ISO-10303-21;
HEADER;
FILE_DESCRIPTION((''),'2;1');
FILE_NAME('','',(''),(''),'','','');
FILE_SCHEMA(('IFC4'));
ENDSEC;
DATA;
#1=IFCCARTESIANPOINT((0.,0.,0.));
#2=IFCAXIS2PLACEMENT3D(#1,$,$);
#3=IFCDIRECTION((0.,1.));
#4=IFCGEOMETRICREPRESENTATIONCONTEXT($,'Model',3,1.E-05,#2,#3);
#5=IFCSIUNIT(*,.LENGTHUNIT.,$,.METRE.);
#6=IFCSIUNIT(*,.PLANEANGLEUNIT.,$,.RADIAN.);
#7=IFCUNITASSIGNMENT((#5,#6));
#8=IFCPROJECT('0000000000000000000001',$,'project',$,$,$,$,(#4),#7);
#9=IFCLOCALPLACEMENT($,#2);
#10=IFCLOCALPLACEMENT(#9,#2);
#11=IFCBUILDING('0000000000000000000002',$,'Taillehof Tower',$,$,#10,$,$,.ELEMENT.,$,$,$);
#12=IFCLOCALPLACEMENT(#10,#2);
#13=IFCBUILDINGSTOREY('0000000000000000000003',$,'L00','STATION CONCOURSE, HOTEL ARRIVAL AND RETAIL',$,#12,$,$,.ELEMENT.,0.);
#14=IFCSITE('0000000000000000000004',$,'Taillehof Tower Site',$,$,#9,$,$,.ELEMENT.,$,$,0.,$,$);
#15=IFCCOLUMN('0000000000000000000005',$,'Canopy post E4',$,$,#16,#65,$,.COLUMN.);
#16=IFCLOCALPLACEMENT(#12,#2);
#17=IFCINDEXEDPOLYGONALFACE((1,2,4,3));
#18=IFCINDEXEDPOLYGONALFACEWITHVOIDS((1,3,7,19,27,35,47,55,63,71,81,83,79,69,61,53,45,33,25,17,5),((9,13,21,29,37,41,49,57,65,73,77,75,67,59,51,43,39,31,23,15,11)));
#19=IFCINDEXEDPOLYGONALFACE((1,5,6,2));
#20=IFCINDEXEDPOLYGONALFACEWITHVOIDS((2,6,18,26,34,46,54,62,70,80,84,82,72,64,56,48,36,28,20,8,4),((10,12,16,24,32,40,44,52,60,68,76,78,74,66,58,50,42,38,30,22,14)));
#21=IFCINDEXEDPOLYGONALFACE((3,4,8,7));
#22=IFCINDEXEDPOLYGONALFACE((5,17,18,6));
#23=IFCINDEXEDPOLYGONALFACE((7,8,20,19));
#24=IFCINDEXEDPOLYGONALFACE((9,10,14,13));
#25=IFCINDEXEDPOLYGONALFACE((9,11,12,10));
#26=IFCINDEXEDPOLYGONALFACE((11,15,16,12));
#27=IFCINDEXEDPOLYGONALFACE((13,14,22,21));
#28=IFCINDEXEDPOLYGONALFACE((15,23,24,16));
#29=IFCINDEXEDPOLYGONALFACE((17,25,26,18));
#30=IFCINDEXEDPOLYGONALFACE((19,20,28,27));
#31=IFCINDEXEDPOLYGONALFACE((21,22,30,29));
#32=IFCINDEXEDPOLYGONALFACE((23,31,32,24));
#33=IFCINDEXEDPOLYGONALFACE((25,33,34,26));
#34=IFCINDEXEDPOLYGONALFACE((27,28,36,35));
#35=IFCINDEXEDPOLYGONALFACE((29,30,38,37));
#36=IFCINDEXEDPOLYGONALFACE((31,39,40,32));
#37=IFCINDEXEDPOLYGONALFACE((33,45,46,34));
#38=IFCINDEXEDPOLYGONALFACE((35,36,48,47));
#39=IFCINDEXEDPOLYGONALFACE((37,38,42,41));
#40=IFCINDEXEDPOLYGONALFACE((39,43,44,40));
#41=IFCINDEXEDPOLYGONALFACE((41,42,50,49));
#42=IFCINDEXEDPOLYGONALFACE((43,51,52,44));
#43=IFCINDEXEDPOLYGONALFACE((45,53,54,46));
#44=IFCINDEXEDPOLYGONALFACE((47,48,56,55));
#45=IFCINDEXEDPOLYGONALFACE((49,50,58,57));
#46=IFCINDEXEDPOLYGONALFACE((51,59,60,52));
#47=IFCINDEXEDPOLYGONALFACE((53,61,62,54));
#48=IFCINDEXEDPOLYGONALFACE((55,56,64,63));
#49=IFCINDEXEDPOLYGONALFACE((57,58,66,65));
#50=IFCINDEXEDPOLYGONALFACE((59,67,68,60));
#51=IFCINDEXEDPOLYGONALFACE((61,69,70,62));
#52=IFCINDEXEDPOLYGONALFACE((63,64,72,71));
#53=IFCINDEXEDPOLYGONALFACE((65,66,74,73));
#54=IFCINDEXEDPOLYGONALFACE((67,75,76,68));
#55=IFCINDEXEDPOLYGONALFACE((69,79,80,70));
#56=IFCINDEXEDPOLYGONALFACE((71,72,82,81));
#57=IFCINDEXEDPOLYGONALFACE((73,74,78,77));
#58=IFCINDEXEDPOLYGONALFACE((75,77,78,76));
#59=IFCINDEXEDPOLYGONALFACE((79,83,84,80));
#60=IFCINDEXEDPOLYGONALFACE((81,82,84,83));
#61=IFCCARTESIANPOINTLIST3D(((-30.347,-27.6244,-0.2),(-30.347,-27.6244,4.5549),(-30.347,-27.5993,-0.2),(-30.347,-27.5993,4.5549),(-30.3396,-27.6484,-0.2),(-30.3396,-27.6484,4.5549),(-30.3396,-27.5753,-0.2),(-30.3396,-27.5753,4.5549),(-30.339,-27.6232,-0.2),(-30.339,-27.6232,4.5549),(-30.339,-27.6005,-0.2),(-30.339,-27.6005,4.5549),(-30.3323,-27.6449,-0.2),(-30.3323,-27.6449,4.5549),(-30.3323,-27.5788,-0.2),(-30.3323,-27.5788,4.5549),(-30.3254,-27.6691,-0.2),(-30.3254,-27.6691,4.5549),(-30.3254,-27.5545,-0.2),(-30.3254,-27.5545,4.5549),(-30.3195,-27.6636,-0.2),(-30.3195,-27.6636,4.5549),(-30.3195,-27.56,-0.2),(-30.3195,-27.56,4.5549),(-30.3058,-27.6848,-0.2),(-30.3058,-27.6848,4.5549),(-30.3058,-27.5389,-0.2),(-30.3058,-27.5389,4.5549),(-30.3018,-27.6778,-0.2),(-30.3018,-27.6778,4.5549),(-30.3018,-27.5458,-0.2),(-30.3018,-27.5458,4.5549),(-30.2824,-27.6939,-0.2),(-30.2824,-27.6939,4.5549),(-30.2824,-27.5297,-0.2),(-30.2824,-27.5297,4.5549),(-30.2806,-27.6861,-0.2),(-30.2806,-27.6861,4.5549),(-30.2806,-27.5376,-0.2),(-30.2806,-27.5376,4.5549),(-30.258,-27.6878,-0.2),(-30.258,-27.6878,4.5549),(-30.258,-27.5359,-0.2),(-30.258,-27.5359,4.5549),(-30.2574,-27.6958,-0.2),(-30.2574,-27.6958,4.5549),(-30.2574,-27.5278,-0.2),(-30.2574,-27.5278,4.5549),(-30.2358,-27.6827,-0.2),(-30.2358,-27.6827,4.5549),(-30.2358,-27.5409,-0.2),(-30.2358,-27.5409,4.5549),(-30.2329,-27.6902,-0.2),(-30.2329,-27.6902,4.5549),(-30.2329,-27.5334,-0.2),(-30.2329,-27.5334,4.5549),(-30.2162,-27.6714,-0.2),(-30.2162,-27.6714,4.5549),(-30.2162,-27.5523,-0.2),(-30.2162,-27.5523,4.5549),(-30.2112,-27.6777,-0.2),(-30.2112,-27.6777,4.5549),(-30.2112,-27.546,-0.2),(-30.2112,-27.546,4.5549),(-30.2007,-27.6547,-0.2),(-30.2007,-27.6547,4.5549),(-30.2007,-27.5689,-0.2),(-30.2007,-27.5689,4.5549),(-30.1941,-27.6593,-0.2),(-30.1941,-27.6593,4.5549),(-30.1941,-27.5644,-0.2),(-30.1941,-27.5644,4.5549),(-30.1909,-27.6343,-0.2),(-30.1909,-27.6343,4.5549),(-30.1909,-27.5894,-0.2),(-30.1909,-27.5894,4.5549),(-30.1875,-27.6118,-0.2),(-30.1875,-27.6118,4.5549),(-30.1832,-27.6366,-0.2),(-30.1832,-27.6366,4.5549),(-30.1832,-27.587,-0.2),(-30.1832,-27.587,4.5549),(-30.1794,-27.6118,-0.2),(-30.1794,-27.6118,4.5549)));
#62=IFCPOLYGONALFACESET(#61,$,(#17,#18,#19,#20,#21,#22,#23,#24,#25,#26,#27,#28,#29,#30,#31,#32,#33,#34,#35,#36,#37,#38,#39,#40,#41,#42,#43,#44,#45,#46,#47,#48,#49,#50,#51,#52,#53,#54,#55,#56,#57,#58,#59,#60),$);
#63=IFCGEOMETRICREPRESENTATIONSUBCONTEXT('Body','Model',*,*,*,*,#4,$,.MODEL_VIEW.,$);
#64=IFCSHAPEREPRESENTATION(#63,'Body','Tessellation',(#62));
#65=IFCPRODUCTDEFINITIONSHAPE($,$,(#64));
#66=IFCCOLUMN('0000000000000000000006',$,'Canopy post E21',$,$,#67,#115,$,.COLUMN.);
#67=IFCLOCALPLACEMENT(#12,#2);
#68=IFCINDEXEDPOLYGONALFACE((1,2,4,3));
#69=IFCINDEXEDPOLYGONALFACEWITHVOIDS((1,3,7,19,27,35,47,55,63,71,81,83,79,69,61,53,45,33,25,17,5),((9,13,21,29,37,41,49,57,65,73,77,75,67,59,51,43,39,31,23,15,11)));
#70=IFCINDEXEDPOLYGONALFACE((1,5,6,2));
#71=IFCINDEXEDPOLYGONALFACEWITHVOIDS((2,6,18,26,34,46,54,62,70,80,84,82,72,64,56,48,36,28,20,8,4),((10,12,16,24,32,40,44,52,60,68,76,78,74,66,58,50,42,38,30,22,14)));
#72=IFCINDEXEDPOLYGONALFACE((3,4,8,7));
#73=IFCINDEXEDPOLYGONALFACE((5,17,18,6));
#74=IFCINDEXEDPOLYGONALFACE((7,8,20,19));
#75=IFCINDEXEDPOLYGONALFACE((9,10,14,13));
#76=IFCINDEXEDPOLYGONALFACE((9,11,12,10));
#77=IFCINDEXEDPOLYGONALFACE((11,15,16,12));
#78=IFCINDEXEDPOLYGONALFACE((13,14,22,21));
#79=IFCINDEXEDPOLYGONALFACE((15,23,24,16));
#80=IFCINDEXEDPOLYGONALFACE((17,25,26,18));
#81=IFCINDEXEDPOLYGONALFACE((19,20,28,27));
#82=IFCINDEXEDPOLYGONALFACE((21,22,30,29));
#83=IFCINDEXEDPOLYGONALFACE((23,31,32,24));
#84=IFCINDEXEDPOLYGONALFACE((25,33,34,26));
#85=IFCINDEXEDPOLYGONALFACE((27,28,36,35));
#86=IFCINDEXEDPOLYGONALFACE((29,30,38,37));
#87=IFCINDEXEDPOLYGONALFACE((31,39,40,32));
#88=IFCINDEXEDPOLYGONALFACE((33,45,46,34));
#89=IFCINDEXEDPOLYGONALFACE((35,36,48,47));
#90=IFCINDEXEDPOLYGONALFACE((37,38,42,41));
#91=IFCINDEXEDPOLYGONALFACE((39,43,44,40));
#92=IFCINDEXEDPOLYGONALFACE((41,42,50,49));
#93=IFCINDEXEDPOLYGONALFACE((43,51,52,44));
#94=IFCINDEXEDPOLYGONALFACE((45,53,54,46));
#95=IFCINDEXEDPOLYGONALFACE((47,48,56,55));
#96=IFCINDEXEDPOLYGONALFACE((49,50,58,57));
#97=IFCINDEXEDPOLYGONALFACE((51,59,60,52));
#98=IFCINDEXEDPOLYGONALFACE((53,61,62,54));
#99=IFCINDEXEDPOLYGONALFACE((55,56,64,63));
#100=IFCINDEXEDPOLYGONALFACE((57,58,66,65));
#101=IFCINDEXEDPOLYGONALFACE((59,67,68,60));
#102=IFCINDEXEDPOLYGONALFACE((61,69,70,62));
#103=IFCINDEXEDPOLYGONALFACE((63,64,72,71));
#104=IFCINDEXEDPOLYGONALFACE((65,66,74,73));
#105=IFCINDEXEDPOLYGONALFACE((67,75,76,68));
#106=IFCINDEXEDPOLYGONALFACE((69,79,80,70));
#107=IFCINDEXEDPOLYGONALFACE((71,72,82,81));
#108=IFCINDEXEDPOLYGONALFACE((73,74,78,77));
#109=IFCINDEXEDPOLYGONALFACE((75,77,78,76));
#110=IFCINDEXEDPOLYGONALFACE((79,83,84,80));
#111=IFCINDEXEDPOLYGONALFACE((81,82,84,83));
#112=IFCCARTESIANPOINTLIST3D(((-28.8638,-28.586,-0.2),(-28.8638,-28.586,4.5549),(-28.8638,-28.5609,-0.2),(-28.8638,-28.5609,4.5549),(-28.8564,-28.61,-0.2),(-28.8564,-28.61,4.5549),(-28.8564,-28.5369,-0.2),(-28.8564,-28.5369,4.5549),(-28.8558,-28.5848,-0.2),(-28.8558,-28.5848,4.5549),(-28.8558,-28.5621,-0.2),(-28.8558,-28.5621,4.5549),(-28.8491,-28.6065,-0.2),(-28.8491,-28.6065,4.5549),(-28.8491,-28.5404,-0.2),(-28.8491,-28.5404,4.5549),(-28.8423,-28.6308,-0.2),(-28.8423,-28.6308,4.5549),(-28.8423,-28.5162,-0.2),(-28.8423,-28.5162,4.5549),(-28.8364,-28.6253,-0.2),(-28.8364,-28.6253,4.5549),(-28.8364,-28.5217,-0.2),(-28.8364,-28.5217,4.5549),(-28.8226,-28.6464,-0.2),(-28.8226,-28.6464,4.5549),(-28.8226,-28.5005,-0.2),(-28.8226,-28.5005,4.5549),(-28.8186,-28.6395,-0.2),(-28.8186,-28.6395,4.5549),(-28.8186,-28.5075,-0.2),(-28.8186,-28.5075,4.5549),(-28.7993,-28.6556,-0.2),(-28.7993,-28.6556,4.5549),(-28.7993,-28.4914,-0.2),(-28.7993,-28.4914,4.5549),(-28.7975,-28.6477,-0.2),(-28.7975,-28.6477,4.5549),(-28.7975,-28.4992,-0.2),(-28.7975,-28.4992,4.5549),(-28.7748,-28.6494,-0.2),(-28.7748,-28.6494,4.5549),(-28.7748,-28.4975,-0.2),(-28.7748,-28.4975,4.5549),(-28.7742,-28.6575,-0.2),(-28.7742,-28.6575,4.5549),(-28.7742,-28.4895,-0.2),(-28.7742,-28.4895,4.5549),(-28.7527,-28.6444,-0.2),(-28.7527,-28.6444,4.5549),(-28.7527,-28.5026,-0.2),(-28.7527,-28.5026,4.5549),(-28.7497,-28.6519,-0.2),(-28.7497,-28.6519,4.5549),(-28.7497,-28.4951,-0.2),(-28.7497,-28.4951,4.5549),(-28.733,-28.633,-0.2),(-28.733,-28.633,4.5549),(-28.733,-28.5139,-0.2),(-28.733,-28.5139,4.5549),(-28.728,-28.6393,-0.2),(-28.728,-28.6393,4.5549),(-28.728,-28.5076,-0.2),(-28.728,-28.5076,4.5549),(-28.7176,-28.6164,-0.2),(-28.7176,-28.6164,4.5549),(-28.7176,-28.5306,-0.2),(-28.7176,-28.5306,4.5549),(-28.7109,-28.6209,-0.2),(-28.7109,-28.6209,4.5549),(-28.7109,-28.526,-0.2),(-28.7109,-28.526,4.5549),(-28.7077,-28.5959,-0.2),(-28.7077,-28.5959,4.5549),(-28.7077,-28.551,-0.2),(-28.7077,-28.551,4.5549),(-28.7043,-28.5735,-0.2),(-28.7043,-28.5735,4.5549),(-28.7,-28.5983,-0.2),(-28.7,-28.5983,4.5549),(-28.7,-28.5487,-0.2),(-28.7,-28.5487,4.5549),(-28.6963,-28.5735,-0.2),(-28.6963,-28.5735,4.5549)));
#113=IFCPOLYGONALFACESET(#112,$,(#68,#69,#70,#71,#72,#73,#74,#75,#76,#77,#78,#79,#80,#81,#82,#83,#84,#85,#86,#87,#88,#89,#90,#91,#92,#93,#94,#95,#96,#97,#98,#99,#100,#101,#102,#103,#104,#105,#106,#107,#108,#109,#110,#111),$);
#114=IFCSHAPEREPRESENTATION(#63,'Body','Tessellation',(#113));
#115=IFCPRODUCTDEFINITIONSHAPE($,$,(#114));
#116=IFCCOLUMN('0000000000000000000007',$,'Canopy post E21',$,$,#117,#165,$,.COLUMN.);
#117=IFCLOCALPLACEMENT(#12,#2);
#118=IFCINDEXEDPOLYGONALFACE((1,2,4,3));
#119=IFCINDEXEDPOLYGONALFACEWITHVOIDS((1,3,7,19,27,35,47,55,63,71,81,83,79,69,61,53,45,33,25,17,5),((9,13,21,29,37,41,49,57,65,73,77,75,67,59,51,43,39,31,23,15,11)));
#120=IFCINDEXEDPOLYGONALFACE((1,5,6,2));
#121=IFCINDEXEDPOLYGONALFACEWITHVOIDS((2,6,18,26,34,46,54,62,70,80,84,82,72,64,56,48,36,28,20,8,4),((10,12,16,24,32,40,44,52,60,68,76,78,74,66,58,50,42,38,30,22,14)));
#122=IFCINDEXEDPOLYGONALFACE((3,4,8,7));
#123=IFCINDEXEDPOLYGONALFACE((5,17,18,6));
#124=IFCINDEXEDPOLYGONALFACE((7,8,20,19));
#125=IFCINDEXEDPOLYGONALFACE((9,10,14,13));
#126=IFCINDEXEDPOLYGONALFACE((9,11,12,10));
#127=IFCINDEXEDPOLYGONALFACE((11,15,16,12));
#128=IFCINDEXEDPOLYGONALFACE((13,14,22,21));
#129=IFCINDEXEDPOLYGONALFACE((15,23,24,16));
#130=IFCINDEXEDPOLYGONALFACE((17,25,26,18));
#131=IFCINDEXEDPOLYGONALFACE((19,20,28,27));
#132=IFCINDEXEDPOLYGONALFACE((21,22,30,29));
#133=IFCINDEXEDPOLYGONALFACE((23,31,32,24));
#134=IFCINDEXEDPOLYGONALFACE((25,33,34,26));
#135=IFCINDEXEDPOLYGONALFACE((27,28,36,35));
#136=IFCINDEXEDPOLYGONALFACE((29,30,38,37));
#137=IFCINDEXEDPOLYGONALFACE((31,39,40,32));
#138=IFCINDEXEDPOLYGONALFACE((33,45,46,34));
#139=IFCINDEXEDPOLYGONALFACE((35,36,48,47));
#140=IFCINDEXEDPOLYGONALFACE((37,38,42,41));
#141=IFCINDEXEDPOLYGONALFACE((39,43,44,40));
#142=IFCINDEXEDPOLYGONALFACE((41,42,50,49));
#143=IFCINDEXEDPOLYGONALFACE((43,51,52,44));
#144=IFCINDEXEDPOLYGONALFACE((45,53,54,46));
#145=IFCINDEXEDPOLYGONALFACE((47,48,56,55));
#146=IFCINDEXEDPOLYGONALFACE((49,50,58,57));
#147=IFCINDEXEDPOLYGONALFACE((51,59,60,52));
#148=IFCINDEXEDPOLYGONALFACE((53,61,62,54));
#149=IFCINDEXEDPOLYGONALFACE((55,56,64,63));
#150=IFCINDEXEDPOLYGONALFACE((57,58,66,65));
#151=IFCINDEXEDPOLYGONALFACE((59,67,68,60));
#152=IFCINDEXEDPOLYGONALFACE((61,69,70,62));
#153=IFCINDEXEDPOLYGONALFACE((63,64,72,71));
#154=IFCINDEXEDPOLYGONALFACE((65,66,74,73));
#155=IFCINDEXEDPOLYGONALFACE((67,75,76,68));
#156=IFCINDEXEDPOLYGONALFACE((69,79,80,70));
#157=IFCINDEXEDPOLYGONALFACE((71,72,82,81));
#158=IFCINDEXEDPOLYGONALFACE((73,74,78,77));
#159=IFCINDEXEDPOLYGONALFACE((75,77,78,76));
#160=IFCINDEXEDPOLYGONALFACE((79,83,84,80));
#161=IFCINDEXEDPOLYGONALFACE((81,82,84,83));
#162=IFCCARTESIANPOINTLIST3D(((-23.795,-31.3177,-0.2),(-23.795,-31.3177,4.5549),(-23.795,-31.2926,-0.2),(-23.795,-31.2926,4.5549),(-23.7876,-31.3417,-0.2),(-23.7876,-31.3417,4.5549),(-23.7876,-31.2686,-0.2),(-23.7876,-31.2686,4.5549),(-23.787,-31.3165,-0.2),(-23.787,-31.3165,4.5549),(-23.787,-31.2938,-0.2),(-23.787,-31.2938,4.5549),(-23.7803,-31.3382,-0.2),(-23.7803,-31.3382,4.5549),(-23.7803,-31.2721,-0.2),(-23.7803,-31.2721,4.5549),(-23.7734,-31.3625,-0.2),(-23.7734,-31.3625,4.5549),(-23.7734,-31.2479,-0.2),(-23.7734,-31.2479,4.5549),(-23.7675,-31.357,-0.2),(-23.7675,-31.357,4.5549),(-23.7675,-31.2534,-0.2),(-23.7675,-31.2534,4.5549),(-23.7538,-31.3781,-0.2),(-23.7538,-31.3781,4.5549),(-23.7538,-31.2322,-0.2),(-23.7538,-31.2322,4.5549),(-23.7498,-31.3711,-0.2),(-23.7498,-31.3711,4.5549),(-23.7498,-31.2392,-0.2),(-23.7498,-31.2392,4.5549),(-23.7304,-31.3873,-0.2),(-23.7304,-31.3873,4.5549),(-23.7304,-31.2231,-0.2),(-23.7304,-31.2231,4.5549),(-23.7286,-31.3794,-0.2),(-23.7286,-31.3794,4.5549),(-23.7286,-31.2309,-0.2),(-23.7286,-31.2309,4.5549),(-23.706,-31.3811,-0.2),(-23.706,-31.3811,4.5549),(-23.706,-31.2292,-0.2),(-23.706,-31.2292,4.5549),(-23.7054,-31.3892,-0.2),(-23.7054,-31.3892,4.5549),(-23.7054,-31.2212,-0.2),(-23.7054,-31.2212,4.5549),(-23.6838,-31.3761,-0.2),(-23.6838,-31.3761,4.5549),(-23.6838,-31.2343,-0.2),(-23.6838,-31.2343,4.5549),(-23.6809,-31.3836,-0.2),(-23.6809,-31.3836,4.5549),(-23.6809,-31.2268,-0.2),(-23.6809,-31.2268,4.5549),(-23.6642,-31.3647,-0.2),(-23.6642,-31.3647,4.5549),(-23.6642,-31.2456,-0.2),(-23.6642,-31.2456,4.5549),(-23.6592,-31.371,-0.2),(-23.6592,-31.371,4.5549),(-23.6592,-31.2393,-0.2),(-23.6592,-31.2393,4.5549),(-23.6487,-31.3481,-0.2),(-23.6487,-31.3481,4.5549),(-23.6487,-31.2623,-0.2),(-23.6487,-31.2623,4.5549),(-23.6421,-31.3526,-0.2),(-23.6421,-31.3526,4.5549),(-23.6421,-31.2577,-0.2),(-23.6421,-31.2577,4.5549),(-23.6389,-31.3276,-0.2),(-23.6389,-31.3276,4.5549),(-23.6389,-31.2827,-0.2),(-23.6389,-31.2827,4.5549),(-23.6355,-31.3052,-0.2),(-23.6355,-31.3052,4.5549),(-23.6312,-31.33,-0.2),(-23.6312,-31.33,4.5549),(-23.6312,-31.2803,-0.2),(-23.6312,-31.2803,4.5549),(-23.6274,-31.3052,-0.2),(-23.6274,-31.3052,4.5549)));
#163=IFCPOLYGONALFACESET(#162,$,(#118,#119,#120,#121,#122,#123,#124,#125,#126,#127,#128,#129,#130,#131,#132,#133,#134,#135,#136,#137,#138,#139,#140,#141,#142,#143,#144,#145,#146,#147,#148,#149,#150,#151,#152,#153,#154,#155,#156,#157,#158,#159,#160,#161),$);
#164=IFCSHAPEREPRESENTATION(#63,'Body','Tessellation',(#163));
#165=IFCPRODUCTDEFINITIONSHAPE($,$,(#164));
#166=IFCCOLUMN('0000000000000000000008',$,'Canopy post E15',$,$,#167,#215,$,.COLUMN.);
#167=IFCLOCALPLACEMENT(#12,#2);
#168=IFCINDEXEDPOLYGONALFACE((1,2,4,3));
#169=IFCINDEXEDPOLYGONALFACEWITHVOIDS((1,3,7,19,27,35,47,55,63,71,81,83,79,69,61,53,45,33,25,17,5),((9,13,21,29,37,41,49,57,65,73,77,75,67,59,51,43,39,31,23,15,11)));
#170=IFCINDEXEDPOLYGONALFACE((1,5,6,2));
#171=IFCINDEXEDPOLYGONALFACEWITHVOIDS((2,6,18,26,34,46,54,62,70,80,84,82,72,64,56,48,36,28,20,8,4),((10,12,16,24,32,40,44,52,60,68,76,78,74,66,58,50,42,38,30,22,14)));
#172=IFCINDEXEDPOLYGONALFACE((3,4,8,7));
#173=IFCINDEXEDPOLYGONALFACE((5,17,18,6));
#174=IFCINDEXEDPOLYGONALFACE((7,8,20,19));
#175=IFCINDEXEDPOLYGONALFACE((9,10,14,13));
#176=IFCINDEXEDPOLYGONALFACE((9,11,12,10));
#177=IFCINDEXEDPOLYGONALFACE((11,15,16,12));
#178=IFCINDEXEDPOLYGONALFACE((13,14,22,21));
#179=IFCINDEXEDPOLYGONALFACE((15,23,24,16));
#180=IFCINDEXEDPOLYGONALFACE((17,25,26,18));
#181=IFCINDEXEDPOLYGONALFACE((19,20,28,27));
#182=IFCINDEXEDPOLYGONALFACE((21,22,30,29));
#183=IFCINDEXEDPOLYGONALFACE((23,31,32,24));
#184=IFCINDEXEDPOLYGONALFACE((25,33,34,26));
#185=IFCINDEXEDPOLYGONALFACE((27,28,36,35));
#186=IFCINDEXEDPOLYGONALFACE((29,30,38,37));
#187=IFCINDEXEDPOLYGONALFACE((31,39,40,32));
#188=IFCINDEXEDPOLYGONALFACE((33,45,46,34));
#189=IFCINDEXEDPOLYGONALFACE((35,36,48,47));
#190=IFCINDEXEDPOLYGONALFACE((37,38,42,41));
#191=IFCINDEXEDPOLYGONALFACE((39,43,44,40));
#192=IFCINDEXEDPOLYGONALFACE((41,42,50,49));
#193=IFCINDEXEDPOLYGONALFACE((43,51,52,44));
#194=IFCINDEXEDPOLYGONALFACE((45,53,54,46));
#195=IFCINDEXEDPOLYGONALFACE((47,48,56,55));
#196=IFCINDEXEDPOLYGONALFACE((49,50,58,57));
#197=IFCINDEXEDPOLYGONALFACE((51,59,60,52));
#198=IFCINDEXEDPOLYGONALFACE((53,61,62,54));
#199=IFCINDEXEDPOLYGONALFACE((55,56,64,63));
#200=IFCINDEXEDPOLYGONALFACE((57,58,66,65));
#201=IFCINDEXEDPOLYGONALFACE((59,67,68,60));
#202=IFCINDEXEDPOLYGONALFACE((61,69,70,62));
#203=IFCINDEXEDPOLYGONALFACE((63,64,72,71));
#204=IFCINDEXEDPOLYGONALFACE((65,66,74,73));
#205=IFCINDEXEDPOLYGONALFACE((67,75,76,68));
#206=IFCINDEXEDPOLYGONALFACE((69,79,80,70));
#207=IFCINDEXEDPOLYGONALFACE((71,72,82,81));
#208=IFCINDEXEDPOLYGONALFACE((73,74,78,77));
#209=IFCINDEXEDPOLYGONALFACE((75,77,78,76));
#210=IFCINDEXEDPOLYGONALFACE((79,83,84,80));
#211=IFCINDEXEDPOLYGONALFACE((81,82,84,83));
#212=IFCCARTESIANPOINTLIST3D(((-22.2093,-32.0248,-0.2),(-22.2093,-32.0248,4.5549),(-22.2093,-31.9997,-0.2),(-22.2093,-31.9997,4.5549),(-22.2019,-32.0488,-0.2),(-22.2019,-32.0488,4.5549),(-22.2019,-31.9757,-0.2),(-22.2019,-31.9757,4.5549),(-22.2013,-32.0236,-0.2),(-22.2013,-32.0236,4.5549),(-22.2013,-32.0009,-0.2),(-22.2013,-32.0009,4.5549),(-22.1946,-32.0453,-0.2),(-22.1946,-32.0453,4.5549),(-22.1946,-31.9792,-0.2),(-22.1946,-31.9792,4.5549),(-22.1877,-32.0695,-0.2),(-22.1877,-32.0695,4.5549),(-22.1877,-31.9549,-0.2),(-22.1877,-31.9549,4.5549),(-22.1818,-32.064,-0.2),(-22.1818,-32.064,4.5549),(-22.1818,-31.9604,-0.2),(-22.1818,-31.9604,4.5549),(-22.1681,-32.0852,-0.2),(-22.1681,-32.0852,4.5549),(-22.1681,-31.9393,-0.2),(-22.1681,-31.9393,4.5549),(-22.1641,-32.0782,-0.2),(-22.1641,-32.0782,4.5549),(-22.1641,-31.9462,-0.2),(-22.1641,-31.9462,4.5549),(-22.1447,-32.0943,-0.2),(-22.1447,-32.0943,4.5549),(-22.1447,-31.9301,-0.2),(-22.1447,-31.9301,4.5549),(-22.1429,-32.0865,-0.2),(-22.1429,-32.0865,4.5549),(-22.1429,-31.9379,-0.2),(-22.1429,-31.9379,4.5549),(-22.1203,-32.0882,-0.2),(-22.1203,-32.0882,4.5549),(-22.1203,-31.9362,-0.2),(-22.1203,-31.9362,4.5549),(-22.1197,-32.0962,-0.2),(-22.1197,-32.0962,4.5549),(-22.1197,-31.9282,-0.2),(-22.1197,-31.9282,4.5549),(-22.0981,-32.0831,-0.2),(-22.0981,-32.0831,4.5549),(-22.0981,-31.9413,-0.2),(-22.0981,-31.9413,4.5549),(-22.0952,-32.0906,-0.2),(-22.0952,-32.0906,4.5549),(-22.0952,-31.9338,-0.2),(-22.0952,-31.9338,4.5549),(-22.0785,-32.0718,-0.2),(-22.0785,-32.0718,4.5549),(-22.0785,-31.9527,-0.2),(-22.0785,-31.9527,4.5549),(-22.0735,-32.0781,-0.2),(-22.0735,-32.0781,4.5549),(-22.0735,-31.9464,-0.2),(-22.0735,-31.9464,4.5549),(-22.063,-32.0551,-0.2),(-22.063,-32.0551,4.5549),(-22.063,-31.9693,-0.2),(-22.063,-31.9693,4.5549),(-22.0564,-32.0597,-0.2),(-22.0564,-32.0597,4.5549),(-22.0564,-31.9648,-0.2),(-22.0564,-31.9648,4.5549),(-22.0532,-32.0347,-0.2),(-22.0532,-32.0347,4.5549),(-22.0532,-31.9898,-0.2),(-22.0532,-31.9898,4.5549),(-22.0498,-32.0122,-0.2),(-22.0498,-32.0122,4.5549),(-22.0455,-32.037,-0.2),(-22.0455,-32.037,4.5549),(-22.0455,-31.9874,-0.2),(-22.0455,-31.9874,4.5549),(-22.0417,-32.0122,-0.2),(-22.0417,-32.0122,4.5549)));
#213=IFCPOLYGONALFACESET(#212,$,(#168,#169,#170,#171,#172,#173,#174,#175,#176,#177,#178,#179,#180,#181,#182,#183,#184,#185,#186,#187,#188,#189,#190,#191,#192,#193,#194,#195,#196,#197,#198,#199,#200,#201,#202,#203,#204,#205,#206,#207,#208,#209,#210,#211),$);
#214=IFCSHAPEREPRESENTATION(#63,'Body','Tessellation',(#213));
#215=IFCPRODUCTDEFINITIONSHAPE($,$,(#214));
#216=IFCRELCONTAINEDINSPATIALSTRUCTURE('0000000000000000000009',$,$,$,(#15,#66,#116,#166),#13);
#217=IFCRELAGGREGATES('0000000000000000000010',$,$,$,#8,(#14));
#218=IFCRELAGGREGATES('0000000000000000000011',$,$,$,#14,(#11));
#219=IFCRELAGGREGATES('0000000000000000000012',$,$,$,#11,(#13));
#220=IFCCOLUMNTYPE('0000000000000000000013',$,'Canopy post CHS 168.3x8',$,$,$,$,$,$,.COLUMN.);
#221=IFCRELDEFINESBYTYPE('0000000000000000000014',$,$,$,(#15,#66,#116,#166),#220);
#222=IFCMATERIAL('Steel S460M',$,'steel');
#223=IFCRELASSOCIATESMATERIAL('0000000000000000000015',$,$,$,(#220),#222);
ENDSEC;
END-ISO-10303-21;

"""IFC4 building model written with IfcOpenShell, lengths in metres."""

from ifc_helpers import new_model, si_unit, direction, frame, origin, origin_2d, place, context, subcontext, project, spatial, hollow_circle, extrude, material, material_profile, profile_set, type_object, element, save


model = new_model("IFC4")

# Units and contexts
model_context = context("Model", 3, precision=1e-05, world=origin(), true_north=direction((0.0, 1.0)))
body_context = subcontext(model_context, "Body", "Model", "MODEL_VIEW")
ifc_project = project(units=[si_unit("LENGTHUNIT", "METRE"), si_unit("PLANEANGLEUNIT", "RADIAN")], contexts=[model_context])

# Site, building, storey
site_placement = place(None, origin())
site = spatial("IfcSite", under=ifc_project, at=site_placement, Name="Taillehof Tower Site", CompositionType="ELEMENT", RefElevation=0.0)
building_placement = place(site_placement, origin())
building = spatial("IfcBuilding", under=site, at=building_placement, Name="Taillehof Tower", CompositionType="ELEMENT")
storey_placement = place(building_placement, origin())
storey = spatial("IfcBuildingStorey", under=building, at=storey_placement, Name="L00", Description="STATION CONCOURSE, HOTEL ARRIVAL AND RETAIL", CompositionType="ELEMENT", Elevation=0.0)

# Columns
ifc_material_1 = material(Name="Steel S460M", Category="steel")
ifc_material_profile_1 = material_profile(ifc_material_1, hollow_circle(Radius=0.0842, WallThickness=0.0081, at=origin_2d()), Name="CHS 168.3x8")
ifc_profile_set_1 = profile_set([ifc_material_profile_1], Name="Steel S460M")
column_type_1 = type_object("IfcColumnType", Name="Canopy post CHS 168.3x8", PredefinedType="COLUMN", material=ifc_profile_set_1)
for number, where, z_axis, x_axis, name in (
    (1, (-30.2637, -27.6118, -0.2), (0.0, 0.0, 1.0), (1.0, 0.0, 0.0), "Canopy post E4"),
    (2, (-28.7805, -28.5735, -0.2), (0.0, 0.0, 1.0), (1.0, 0.0, 0.0), "Canopy post E21"),
    (3, (-23.7117, -31.3052, -0.2), (0.0, 0.0, 1.0), (1.0, 0.0, 0.0), "Canopy post E21"),
    (4, (-22.126, -32.0122, -0.2), (0.0, 0.0, 1.0), (1.0, 0.0, 0.0), "Canopy post E15"),
):
    element("IfcColumn", number, at=place(storey_placement, frame(where, z_axis=z_axis, x_axis=x_axis)), inside=storey, type_object=column_type_1, Name=name, PredefinedType="COLUMN", context=body_context, shape_type="SweptSolid", body=[
        extrude(hollow_circle(Radius=0.0842, WallThickness=0.0081, at=origin_2d()), origin(), (0.0, 0.0, 1.0), 4.7549),
    ])

save(model, "model.ifc")
